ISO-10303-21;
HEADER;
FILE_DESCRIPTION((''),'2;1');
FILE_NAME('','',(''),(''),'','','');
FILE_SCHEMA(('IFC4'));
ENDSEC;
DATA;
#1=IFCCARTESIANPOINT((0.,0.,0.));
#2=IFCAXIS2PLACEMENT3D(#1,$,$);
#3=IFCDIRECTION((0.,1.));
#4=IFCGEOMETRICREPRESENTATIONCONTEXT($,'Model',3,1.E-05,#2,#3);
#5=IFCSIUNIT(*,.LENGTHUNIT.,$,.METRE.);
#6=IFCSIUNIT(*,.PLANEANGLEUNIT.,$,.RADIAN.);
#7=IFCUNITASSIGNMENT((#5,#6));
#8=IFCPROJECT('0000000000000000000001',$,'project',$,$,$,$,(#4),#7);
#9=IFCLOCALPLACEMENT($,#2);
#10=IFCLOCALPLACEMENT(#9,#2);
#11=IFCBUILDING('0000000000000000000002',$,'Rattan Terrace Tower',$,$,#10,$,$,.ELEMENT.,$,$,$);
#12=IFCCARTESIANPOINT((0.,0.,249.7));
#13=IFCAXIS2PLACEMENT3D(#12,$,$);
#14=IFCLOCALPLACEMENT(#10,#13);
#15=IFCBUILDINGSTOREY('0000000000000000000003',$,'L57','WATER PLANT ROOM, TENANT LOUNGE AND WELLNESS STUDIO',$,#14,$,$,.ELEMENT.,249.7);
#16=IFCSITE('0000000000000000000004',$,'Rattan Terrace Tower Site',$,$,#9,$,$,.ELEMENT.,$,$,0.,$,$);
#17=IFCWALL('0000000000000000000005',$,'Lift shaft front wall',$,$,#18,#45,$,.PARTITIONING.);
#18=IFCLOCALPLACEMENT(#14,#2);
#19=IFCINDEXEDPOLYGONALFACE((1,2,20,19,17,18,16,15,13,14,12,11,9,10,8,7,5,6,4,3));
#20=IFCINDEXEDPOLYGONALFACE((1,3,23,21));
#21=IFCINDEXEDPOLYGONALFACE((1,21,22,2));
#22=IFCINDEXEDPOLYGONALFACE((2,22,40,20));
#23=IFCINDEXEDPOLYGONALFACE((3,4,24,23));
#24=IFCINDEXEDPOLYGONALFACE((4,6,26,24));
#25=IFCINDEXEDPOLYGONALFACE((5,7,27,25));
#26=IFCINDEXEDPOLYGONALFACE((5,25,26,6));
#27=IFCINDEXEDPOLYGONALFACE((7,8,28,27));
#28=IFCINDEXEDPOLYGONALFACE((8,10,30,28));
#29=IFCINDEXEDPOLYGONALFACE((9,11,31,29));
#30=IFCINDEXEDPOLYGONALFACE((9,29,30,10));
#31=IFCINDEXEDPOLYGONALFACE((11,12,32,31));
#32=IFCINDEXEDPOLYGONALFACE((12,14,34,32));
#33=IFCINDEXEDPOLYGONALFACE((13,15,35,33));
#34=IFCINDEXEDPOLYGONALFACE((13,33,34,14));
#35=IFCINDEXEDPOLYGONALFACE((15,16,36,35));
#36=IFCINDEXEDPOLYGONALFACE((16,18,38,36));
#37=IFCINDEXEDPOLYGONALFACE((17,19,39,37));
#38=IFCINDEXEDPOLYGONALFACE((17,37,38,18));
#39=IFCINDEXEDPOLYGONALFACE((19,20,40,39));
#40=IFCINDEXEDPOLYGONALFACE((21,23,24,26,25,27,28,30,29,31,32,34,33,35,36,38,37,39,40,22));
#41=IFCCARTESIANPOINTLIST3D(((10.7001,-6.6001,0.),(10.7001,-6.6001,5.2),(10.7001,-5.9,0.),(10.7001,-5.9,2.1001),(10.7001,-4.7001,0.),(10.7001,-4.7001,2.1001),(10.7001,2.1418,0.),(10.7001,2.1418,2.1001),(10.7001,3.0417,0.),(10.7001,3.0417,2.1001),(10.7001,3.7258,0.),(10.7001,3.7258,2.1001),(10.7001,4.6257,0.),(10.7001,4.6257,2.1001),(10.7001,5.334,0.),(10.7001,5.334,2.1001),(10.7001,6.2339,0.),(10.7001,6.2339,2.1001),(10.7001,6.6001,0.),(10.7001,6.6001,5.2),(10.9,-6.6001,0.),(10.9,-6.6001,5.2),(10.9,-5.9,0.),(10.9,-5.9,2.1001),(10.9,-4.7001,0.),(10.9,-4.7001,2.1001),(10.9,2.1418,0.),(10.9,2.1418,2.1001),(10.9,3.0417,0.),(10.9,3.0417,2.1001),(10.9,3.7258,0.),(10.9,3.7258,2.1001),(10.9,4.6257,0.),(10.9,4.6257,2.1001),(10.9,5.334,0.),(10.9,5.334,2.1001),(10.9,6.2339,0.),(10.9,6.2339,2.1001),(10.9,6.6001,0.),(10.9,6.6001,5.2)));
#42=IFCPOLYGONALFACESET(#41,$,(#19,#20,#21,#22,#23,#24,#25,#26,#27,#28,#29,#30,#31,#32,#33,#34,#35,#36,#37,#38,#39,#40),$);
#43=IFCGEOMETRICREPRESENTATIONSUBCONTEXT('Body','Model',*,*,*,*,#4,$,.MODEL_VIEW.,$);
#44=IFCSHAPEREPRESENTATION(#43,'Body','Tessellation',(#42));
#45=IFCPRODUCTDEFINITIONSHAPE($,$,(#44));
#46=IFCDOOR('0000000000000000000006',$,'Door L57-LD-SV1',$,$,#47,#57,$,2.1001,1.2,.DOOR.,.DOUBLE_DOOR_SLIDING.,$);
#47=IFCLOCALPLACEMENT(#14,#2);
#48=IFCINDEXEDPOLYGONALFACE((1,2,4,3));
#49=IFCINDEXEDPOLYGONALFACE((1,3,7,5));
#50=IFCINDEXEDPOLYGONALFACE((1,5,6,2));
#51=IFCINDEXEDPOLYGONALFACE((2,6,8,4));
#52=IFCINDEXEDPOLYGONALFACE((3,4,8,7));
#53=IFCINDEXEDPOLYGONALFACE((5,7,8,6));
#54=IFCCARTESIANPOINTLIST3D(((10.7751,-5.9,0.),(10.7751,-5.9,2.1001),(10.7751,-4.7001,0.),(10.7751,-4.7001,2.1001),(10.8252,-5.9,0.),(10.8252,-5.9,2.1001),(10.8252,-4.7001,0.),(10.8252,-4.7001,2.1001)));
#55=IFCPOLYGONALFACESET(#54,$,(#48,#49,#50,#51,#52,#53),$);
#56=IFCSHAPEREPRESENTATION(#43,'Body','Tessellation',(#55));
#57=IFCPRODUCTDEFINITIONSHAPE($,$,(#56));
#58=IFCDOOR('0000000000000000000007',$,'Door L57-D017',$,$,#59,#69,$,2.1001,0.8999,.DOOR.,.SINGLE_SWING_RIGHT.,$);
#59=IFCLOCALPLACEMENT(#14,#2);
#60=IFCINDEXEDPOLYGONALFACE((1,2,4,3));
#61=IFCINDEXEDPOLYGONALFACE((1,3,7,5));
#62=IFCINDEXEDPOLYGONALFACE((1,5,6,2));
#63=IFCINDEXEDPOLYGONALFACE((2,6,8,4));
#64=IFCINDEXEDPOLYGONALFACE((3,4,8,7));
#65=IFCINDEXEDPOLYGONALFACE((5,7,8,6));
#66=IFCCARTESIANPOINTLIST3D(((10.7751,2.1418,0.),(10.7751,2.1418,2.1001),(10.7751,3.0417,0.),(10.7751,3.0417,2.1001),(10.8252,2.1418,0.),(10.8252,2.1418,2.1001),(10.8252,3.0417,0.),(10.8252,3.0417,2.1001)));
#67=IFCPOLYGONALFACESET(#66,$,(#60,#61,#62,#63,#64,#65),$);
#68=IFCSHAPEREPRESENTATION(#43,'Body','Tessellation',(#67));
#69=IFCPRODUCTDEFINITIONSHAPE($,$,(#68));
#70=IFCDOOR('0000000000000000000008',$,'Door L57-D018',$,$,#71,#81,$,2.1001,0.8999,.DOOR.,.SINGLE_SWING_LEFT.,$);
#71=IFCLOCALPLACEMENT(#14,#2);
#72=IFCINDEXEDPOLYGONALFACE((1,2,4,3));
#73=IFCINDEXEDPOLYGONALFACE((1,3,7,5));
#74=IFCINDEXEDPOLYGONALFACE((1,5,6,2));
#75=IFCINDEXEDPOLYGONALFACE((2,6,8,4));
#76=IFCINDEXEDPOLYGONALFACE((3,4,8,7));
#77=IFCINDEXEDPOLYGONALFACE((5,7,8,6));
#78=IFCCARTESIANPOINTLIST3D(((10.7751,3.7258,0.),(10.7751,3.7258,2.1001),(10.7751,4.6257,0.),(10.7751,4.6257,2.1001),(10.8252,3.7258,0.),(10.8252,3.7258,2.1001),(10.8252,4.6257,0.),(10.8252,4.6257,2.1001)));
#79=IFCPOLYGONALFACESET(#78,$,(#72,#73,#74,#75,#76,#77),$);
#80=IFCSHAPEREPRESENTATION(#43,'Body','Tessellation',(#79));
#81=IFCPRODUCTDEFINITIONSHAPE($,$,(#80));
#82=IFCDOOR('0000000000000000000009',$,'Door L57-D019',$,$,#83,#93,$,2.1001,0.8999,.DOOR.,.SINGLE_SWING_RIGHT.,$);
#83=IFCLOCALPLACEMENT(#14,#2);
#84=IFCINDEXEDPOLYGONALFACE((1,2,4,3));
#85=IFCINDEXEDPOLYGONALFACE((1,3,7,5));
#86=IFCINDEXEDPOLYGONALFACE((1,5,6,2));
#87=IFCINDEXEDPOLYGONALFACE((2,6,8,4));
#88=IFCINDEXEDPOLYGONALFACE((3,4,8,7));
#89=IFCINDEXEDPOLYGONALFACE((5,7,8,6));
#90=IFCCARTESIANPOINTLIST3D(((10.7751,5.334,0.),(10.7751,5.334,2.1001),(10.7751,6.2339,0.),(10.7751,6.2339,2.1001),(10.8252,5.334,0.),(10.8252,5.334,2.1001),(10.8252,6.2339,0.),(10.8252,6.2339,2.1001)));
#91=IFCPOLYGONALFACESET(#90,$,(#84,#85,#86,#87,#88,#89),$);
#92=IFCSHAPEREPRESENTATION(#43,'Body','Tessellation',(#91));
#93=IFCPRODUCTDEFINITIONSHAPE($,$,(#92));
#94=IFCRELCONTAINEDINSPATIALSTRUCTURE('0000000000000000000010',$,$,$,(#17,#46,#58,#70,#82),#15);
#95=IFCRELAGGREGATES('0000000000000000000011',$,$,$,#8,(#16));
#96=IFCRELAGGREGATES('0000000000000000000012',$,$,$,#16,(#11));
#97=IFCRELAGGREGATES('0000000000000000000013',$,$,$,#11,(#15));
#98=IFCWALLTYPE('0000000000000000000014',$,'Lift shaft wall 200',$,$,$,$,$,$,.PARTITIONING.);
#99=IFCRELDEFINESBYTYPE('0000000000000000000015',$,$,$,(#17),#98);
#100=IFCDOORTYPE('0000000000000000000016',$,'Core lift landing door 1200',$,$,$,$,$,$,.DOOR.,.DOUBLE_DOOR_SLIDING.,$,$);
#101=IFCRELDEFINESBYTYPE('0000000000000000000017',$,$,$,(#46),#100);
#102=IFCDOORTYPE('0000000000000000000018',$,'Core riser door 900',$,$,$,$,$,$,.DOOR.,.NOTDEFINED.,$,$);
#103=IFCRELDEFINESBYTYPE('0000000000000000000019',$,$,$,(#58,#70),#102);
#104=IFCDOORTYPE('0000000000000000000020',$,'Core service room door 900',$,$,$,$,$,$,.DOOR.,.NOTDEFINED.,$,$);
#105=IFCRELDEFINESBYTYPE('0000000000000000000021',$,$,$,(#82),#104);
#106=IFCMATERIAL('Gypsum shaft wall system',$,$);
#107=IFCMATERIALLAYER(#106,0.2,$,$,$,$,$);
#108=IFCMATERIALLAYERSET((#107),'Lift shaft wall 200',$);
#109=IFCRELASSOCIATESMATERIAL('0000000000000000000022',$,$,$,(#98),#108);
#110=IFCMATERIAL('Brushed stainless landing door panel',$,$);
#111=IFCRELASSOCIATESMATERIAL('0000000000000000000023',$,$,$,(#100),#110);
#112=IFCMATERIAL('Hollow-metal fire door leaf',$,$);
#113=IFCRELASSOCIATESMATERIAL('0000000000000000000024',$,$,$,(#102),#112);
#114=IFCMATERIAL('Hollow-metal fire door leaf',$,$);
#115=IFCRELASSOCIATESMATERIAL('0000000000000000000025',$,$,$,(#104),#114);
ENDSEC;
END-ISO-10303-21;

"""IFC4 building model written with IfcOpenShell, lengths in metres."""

from ifc_helpers import new_model, si_unit, direction, frame, frame_2d, origin, place, context, subcontext, project, spatial, rectangle, extrude, material, layer, layer_set, type_object, element, fill, save


model = new_model("IFC4")

# Units and contexts
model_context = context("Model", 3, precision=1e-05, world=origin(), true_north=direction((0.0, 1.0)))
body_context = subcontext(model_context, "Body", "Model", "MODEL_VIEW")
ifc_project = project(units=[si_unit("LENGTHUNIT", "METRE"), si_unit("PLANEANGLEUNIT", "RADIAN")], contexts=[model_context])

# Site, building, storey
site_placement = place(None, origin())
site = spatial("IfcSite", under=ifc_project, at=site_placement, Name="Rattan Terrace Tower Site", CompositionType="ELEMENT", RefElevation=0.0)
building_placement = place(site_placement, origin())
building = spatial("IfcBuilding", under=site, at=building_placement, Name="Rattan Terrace Tower", CompositionType="ELEMENT")
storey_placement = place(building_placement, frame((0.0, 0.0, 249.7)))
storey = spatial("IfcBuildingStorey", under=building, at=storey_placement, Name="L57", Description="WATER PLANT ROOM, TENANT LOUNGE AND WELLNESS STUDIO", CompositionType="ELEMENT", Elevation=249.7)

# Wall, openings, doors
ifc_material_1 = material(Name="Gypsum shaft wall system")
ifc_layer_1 = layer(ifc_material_1, 0.2)
ifc_layer_set_1 = layer_set([ifc_layer_1], Name="Lift shaft wall 200")
wall_type_1 = type_object("IfcWallType", Name="Lift shaft wall 200", PredefinedType="PARTITIONING", material=ifc_layer_set_1)
ifc_material_2 = material(Name="Brushed stainless landing door panel")
door_type_1 = type_object("IfcDoorType", Name="Core lift landing door 1200", OperationType="DOUBLE_DOOR_SLIDING", PredefinedType="DOOR", material=ifc_material_2)
ifc_material_3 = material(Name="Hollow-metal fire door leaf")
door_type_2 = type_object("IfcDoorType", Name="Core riser door 900", OperationType="NOTDEFINED", PredefinedType="DOOR", material=ifc_material_3)
wall_1_placement = place(storey_placement, frame((10.8, -6.6001, 0.0), z_axis=(0.0, 0.0, 1.0), x_axis=(0.0, 1.0, 0.0)))
wall_1 = element("IfcWall", 1, at=wall_1_placement, inside=storey, type_object=wall_type_1, Name="Lift shaft front wall", PredefinedType="PARTITIONING", context=body_context, shape_type="SweptSolid", body=[
    extrude(rectangle(XDim=13.2002, YDim=0.2, at=frame_2d((6.6001, 0.0))), origin(), (0.0, 0.0, 1.0), 5.2),
])
opening_1_placement = place(wall_1_placement, frame((0.7, 0.0, 0.0)))
opening_1 = element("IfcOpeningElement", 2, at=opening_1_placement, cuts=wall_1, PredefinedType="OPENING", context=body_context, shape_type="SweptSolid", body=[
    extrude(rectangle(XDim=1.2, YDim=2.1001, at=frame_2d((0.6001, 1.05))), frame((0.0, 0.1106, 0.0), z_axis=(0.0, -1.0, 0.0), x_axis=(1.0, 0.0, 0.0)), (0.0, 0.0, 1.0), 0.2209),
])
opening_2_placement = place(wall_1_placement, frame((8.7419, 0.0, 0.0)))
opening_2 = element("IfcOpeningElement", 3, at=opening_2_placement, cuts=wall_1, PredefinedType="OPENING", context=body_context, shape_type="SweptSolid", body=[
    extrude(rectangle(XDim=0.8999, YDim=2.1001, at=frame_2d((0.45, 1.05))), frame((0.0, 0.1106, 0.0), z_axis=(0.0, -1.0, 0.0), x_axis=(1.0, 0.0, 0.0)), (0.0, 0.0, 1.0), 0.2209),
])
opening_3_placement = place(wall_1_placement, frame((10.3259, 0.0, 0.0)))
opening_3 = element("IfcOpeningElement", 4, at=opening_3_placement, cuts=wall_1, PredefinedType="OPENING", context=body_context, shape_type="SweptSolid", body=[
    extrude(rectangle(XDim=0.8999, YDim=2.1001, at=frame_2d((0.45, 1.05))), frame((0.0, 0.1106, 0.0), z_axis=(0.0, -1.0, 0.0), x_axis=(1.0, 0.0, 0.0)), (0.0, 0.0, 1.0), 0.2209),
])
opening_4_placement = place(wall_1_placement, frame((11.9341, 0.0, 0.0)))
opening_4 = element("IfcOpeningElement", 5, at=opening_4_placement, cuts=wall_1, PredefinedType="OPENING", context=body_context, shape_type="SweptSolid", body=[
    extrude(rectangle(XDim=0.8999, YDim=2.1001, at=frame_2d((0.45, 1.05))), frame((0.0, 0.1106, 0.0), z_axis=(0.0, -1.0, 0.0), x_axis=(1.0, 0.0, 0.0)), (0.0, 0.0, 1.0), 0.2209),
])
door_1_placement = place(opening_1_placement, origin())
door_1 = element("IfcDoor", 6, at=door_1_placement, inside=storey, type_object=door_type_1, Name="Door L57-LD-SV1", OperationType="DOUBLE_DOOR_SLIDING", OverallHeight=2.1001, OverallWidth=1.2, PredefinedType="DOOR", context=body_context, shape_type="SweptSolid", body=[
    extrude(rectangle(XDim=1.2, YDim=2.1001, at=frame_2d((0.6001, 1.05))), frame((0.0, 0.0249, 0.0), z_axis=(0.0, -1.0, 0.0), x_axis=(1.0, 0.0, 0.0)), (0.0, 0.0, 1.0), 0.05),
])
fill(opening_1, door_1)
door_2_placement = place(opening_2_placement, origin())
door_2 = element("IfcDoor", 7, at=door_2_placement, inside=storey, type_object=door_type_2, Name="Door L57-D017", OperationType="SINGLE_SWING_RIGHT", OverallHeight=2.1001, OverallWidth=0.8999, PredefinedType="DOOR", context=body_context, shape_type="SweptSolid", body=[
    extrude(rectangle(XDim=0.8999, YDim=2.1001, at=frame_2d((0.45, 1.05))), frame((0.0, 0.0249, 0.0), z_axis=(0.0, -1.0, 0.0), x_axis=(1.0, 0.0, 0.0)), (0.0, 0.0, 1.0), 0.05),
])
fill(opening_2, door_2)
door_3_placement = place(opening_3_placement, origin())
door_3 = element("IfcDoor", 8, at=door_3_placement, inside=storey, type_object=door_type_2, Name="Door L57-D018", OperationType="SINGLE_SWING_LEFT", OverallHeight=2.1001, OverallWidth=0.8999, PredefinedType="DOOR", context=body_context, shape_type="SweptSolid", body=[
    extrude(rectangle(XDim=0.8999, YDim=2.1001, at=frame_2d((0.45, 1.05))), frame((0.0, 0.0249, 0.0), z_axis=(0.0, -1.0, 0.0), x_axis=(1.0, 0.0, 0.0)), (0.0, 0.0, 1.0), 0.05),
])
fill(opening_3, door_3)
ifc_material_4 = material(Name="Hollow-metal fire door leaf")
door_type_3 = type_object("IfcDoorType", Name="Core service room door 900", OperationType="NOTDEFINED", PredefinedType="DOOR", material=ifc_material_4)
door_4_placement = place(opening_4_placement, origin())
door_4 = element("IfcDoor", 9, at=door_4_placement, inside=storey, type_object=door_type_3, Name="Door L57-D019", OperationType="SINGLE_SWING_RIGHT", OverallHeight=2.1001, OverallWidth=0.8999, PredefinedType="DOOR", context=body_context, shape_type="SweptSolid", body=[
    extrude(rectangle(XDim=0.8999, YDim=2.1001, at=frame_2d((0.45, 1.05))), frame((0.0, 0.0249, 0.0), z_axis=(0.0, -1.0, 0.0), x_axis=(1.0, 0.0, 0.0)), (0.0, 0.0, 1.0), 0.05),
])
fill(opening_4, door_4)

save(model, "model.ifc")
